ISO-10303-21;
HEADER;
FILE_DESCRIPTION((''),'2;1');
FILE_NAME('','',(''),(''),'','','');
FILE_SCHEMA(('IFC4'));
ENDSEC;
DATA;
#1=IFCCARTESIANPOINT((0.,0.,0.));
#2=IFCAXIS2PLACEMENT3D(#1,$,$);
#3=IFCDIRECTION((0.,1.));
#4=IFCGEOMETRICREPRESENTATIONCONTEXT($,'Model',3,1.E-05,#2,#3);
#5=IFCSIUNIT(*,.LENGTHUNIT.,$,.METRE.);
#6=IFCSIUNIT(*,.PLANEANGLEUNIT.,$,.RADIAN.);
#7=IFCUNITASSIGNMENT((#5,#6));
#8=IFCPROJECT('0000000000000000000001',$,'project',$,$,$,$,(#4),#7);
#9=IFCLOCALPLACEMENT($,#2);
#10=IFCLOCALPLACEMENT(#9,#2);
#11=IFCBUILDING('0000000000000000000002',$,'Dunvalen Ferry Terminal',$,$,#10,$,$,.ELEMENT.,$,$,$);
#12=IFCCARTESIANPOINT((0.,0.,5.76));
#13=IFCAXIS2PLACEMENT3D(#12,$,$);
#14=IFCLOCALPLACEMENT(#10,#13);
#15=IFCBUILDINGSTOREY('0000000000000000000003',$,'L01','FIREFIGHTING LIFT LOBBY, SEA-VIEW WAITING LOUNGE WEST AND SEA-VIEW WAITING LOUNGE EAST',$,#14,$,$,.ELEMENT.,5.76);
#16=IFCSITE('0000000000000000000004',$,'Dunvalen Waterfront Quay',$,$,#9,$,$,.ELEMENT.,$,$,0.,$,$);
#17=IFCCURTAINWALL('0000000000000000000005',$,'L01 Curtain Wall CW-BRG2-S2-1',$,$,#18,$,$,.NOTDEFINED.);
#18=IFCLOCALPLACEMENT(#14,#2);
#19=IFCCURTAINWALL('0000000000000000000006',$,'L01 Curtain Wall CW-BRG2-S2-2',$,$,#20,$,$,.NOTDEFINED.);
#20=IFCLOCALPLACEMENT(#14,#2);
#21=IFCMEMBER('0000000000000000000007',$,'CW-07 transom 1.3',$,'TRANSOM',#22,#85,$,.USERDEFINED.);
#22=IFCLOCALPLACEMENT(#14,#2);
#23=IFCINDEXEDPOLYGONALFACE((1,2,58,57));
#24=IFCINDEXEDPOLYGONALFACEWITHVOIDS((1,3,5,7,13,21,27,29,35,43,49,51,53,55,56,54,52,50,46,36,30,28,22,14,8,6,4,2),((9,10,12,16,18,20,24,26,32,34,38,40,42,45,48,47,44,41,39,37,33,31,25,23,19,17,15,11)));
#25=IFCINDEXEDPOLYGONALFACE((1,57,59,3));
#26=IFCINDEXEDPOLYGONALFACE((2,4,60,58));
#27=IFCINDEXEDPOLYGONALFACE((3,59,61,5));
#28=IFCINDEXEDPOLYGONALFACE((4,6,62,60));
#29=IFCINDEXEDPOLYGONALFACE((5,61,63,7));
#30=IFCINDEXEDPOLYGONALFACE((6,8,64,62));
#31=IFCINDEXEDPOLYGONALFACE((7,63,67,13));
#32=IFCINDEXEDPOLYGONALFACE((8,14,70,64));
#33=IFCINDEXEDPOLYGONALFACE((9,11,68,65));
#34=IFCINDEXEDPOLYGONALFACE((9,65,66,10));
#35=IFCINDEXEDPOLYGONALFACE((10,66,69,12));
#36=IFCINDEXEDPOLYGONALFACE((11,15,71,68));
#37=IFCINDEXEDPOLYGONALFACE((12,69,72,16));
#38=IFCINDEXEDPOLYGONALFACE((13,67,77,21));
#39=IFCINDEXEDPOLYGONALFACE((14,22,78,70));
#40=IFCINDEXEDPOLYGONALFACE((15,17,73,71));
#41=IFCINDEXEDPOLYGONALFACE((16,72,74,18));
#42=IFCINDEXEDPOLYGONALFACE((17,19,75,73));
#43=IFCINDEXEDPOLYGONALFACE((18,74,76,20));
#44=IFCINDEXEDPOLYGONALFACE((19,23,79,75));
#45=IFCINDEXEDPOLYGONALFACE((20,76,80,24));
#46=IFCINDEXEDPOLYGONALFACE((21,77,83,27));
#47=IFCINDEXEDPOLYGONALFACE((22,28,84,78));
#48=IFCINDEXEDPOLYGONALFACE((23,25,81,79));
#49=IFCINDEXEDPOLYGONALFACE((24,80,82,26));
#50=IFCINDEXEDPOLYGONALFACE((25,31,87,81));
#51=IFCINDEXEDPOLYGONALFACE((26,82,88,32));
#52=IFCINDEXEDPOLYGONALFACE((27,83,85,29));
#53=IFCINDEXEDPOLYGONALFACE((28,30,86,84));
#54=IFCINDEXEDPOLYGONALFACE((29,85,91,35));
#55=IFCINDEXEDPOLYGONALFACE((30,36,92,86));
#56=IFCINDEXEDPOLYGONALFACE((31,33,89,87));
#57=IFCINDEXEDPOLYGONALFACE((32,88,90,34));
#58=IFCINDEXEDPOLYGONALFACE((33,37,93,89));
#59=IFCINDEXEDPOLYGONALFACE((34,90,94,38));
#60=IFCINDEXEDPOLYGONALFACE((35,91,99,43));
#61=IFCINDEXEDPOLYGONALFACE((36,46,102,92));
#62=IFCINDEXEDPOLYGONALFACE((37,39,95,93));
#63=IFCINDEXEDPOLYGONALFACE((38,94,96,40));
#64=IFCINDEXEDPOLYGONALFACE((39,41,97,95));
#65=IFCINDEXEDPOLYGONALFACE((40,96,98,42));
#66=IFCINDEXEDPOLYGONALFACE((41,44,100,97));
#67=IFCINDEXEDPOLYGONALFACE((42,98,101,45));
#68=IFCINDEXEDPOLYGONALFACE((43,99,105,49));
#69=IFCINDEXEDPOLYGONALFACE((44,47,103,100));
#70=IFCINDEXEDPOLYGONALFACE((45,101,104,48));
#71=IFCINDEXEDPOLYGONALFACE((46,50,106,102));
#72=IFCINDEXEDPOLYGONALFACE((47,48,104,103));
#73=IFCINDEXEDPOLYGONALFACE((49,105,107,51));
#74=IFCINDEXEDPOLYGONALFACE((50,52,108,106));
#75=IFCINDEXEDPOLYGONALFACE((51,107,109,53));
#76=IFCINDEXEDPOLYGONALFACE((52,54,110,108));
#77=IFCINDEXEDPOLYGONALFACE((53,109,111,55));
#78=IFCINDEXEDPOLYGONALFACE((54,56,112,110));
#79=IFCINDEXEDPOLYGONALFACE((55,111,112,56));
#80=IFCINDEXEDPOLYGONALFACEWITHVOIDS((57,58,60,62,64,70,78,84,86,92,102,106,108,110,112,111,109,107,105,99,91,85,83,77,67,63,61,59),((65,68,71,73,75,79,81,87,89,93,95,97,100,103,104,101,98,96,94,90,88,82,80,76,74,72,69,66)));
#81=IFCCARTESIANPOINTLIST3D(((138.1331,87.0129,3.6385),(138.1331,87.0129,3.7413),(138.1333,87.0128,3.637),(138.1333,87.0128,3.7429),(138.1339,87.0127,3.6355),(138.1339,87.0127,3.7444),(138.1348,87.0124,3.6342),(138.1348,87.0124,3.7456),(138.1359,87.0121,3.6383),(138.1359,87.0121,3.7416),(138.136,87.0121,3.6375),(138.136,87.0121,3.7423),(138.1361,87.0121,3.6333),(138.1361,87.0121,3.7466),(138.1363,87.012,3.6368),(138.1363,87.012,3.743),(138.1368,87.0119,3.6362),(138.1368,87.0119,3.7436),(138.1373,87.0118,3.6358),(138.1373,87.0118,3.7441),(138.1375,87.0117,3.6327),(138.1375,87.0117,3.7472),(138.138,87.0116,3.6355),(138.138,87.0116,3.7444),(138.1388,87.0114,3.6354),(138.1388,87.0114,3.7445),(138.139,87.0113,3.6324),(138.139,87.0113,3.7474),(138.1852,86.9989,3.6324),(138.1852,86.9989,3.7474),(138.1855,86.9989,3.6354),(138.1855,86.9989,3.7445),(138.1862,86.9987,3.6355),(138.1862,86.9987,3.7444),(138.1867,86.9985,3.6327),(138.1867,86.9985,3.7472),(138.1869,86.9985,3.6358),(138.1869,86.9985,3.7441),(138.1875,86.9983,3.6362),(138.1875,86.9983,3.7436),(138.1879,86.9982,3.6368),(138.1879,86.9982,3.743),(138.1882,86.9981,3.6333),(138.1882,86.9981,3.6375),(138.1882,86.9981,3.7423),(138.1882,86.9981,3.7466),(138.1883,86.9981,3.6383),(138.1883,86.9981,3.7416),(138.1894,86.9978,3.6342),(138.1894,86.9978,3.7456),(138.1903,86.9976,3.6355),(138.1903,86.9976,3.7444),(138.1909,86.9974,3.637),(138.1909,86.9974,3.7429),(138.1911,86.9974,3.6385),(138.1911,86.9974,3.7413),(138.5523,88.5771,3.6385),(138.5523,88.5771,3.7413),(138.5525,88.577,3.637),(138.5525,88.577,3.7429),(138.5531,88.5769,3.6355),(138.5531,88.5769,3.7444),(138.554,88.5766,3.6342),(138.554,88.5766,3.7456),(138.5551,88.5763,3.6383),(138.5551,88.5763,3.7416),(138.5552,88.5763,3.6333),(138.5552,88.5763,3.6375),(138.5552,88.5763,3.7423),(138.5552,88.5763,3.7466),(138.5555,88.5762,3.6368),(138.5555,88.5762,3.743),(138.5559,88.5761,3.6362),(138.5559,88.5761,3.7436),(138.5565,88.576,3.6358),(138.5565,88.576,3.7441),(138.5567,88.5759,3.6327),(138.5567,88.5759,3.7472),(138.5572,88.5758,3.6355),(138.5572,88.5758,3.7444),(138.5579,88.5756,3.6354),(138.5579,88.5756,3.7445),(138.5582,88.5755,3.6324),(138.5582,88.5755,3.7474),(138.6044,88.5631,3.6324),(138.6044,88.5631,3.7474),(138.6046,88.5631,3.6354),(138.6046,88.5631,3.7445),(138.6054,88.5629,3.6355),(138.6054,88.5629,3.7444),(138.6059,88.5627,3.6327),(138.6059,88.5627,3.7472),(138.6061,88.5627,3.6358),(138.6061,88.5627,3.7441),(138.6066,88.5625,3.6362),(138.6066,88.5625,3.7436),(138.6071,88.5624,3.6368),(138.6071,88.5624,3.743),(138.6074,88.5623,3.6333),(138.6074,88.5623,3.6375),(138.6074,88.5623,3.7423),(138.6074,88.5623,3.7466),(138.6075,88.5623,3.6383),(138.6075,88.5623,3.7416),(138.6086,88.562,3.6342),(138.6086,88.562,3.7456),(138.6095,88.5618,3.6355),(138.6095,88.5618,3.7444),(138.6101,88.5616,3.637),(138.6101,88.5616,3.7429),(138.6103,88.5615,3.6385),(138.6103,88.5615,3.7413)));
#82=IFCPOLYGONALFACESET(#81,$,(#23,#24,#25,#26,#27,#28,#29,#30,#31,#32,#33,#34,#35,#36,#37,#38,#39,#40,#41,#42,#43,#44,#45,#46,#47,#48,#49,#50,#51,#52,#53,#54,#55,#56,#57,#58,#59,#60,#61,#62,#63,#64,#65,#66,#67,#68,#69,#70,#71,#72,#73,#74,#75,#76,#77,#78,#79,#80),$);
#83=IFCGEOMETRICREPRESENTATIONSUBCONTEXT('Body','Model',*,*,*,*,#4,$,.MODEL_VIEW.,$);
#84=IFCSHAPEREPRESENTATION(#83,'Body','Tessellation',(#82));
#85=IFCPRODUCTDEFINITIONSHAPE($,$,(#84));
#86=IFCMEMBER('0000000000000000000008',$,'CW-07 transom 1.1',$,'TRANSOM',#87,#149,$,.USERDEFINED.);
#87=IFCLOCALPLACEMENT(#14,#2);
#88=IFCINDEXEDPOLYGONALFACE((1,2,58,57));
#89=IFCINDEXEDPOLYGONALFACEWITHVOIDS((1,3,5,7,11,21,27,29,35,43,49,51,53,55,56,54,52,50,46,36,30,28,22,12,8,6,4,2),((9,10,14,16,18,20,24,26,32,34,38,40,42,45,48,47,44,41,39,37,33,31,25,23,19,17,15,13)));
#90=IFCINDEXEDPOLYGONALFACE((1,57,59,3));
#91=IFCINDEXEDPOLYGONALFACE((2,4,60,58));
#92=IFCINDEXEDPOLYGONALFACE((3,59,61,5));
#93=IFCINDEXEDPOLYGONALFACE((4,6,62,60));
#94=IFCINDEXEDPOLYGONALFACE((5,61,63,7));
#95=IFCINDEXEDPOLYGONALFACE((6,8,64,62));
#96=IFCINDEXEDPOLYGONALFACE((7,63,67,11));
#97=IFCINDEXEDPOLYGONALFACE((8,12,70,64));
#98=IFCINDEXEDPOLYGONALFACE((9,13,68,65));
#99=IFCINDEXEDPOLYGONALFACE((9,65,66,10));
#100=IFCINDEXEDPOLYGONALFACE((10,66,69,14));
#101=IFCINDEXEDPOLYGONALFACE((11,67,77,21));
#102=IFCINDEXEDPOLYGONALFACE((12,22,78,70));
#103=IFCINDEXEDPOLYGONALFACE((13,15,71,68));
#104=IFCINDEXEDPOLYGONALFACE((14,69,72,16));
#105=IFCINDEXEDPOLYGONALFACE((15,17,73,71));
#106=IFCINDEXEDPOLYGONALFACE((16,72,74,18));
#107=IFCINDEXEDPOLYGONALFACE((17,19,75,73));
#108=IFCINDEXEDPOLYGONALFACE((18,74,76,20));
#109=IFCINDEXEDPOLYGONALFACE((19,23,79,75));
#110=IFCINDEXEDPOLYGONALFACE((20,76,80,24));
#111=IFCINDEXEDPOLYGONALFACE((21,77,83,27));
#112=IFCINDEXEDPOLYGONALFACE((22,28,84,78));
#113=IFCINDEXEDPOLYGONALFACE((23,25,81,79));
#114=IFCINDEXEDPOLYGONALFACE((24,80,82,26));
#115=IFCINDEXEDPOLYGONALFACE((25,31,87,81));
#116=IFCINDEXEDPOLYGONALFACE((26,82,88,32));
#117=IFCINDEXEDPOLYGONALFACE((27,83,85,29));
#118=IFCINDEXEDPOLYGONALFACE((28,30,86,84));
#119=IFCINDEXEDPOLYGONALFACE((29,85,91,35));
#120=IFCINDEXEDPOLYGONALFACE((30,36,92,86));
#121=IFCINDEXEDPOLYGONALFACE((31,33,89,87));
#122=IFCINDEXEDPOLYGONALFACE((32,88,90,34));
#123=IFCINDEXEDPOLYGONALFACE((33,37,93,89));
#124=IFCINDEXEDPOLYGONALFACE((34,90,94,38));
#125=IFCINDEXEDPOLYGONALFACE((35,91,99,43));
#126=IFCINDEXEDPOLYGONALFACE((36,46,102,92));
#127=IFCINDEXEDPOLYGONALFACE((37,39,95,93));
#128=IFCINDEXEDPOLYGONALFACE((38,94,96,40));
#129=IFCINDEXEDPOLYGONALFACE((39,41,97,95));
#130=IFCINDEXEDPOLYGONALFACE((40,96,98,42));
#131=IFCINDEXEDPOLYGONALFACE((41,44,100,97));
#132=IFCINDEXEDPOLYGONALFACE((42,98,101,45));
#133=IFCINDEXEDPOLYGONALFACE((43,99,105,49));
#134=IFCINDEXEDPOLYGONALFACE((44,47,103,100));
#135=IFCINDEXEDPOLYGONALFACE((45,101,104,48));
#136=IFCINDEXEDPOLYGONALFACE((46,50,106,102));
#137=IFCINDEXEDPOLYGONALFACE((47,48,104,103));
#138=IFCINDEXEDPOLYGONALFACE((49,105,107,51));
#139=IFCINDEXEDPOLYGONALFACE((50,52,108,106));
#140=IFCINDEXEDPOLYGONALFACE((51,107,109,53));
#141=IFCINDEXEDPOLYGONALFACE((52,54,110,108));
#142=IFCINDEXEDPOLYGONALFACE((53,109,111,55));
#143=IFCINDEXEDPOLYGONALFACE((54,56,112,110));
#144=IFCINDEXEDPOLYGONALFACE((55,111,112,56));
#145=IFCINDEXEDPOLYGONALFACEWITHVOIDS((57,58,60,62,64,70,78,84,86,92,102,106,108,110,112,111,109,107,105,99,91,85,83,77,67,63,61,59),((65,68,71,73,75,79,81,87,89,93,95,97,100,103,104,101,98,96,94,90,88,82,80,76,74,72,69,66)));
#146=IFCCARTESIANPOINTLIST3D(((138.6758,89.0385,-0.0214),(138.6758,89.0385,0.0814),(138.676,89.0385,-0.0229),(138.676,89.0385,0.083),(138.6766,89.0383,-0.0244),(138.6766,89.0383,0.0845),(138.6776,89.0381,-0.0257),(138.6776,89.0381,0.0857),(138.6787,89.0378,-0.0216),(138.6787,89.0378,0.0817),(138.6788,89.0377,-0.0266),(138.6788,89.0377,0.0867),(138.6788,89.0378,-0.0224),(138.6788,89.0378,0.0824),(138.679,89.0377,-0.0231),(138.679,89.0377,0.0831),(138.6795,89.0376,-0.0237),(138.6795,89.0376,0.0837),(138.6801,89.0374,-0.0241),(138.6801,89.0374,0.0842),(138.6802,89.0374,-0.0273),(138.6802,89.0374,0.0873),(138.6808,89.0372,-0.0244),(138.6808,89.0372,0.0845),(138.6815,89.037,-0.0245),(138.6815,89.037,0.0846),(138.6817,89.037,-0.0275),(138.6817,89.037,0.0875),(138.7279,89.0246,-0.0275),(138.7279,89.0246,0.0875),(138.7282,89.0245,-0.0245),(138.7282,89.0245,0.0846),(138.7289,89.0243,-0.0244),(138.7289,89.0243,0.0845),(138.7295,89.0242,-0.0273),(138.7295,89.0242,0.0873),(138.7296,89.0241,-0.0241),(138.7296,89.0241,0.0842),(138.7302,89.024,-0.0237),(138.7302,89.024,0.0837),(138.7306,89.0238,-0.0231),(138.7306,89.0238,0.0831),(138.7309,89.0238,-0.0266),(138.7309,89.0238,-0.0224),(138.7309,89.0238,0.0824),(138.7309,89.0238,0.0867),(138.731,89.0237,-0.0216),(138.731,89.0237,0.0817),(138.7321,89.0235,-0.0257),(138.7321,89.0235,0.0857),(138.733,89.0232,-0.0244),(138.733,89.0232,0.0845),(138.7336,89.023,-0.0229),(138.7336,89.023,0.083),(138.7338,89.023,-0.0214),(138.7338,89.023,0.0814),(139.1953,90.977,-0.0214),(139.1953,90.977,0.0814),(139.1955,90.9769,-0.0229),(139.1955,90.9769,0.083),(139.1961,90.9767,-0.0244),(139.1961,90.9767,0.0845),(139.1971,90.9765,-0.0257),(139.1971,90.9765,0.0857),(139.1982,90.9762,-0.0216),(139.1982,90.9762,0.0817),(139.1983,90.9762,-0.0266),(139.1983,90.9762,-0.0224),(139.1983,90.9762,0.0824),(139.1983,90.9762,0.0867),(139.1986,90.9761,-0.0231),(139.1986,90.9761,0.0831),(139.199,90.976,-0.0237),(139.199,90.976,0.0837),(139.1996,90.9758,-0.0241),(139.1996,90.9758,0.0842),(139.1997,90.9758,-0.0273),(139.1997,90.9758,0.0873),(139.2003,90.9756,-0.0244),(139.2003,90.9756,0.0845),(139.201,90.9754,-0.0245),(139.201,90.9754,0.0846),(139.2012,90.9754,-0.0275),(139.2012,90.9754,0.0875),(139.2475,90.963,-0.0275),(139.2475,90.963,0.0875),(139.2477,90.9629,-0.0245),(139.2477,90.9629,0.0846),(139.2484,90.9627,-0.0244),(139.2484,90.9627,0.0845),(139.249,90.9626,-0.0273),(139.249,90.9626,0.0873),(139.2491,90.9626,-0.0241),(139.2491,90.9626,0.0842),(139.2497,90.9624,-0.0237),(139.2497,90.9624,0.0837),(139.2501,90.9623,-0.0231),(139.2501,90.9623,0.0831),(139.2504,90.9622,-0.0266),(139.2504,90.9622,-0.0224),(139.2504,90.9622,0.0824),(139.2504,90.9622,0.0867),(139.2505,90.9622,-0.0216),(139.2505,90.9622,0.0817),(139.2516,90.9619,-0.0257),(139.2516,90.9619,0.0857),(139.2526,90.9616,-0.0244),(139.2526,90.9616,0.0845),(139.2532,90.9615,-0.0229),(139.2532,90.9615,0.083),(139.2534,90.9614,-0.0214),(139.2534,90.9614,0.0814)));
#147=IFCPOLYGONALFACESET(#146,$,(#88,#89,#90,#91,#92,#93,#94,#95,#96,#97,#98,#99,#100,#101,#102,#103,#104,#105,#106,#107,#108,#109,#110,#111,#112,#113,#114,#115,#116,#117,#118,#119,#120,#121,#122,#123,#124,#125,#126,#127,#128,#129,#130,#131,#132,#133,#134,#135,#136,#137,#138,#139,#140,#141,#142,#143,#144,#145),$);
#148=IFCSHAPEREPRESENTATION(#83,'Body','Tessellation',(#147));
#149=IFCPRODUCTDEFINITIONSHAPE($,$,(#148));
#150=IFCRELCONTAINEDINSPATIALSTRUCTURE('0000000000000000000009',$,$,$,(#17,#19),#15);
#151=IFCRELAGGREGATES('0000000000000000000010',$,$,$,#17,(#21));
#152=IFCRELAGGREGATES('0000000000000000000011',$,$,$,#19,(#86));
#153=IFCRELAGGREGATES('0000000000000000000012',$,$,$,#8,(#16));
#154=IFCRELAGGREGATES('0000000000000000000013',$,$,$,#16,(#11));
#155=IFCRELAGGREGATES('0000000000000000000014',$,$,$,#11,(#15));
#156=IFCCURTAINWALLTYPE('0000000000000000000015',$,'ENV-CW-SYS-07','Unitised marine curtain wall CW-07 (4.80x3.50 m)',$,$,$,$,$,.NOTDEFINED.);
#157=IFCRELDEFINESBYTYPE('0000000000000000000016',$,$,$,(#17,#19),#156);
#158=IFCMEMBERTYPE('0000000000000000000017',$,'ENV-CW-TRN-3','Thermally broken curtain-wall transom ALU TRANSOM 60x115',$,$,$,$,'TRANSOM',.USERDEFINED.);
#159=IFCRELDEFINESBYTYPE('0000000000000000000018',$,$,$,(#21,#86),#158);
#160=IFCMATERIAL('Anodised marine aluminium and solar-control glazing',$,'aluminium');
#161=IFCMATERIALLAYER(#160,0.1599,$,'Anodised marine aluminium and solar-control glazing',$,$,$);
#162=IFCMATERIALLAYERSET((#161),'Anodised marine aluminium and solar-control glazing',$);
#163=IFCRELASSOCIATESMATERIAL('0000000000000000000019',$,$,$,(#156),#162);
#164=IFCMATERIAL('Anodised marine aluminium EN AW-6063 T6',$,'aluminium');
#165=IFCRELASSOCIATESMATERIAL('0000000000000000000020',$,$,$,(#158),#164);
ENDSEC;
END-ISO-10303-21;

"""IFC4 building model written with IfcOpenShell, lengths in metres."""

from ifc_helpers import new_model, si_unit, direction, frame, origin, origin_2d, place, context, subcontext, project, spatial, hollow_rectangle, extrude, material, layer, layer_set, material_profile, profile_set, type_object, element, aggregate, save


model = new_model("IFC4")

# Units and contexts
model_context = context("Model", 3, precision=1e-05, world=origin(), true_north=direction((0.0, 1.0)))
body_context = subcontext(model_context, "Body", "Model", "MODEL_VIEW")
ifc_project = project(units=[si_unit("LENGTHUNIT", "METRE"), si_unit("PLANEANGLEUNIT", "RADIAN")], contexts=[model_context])

# Site, building, storey
site_placement = place(None, origin())
site = spatial("IfcSite", under=ifc_project, at=site_placement, Name="Dunvalen Waterfront Quay", CompositionType="ELEMENT", RefElevation=0.0)
building_placement = place(site_placement, origin())
building = spatial("IfcBuilding", under=site, at=building_placement, Name="Dunvalen Ferry Terminal", CompositionType="ELEMENT")
storey_placement = place(building_placement, frame((0.0, 0.0, 5.76)))
storey = spatial("IfcBuildingStorey", under=building, at=storey_placement, Name="L01", Description="FIREFIGHTING LIFT LOBBY, SEA-VIEW WAITING LOUNGE WEST AND SEA-VIEW WAITING LOUNGE EAST", CompositionType="ELEMENT", Elevation=5.76)

# Curtain walls
ifc_material_1 = material(Name="Anodised marine aluminium and solar-control glazing", Category="aluminium")
ifc_layer_1 = layer(ifc_material_1, 0.1599, Name="Anodised marine aluminium and solar-control glazing")
ifc_layer_set_1 = layer_set([ifc_layer_1], Name="Anodised marine aluminium and solar-control glazing")
curtain_wall_type = type_object("IfcCurtainWallType", Name="ENV-CW-SYS-07", Description="Unitised marine curtain wall CW-07 (4.80x3.50 m)", PredefinedType="NOTDEFINED", material=ifc_layer_set_1)
ifc_material_2 = material(Name="Anodised marine aluminium EN AW-6063 T6", Category="aluminium")
curtain_wall_1_placement = place(storey_placement, origin())
curtain_wall_1 = element("IfcCurtainWall", 1, at=curtain_wall_1_placement, inside=storey, type_object=curtain_wall_type, Name="L01 Curtain Wall CW-BRG2-S2-1", PredefinedType="NOTDEFINED")
curtain_wall_2_placement = place(storey_placement, origin())
curtain_wall_2 = element("IfcCurtainWall", 2, at=curtain_wall_2_placement, inside=storey, type_object=curtain_wall_type, Name="L01 Curtain Wall CW-BRG2-S2-2", PredefinedType="NOTDEFINED")

# Members
ifc_material_profile_1 = material_profile(ifc_material_2, hollow_rectangle(XDim=0.0601, YDim=0.115, WallThickness=0.0029, InnerFilletRadius=0.0029, OuterFilletRadius=0.0061, at=origin_2d()), Name="Anodised marine aluminium EN AW-6063 T6")
ifc_profile_set_1 = profile_set([ifc_material_profile_1], Name="Anodised marine aluminium EN AW-6063 T6")
member_type_1 = type_object("IfcMemberType", Name="ENV-CW-TRN-3", Description="Thermally broken curtain-wall transom ALU TRANSOM 60x115", ElementType="TRANSOM", PredefinedType="USERDEFINED", material=ifc_profile_set_1)
member_1_placement = place(storey_placement, frame((138.1621, 87.0051, 3.6899), z_axis=(0.258854, 0.965916, 0.0), x_axis=(-0.965916, 0.258854, 0.0)))
member_1 = element("IfcMember", 3, at=member_1_placement, type_object=member_type_1, Name="CW-07 transom 1.3", ObjectType="TRANSOM", PredefinedType="USERDEFINED", context=body_context, shape_type="SweptSolid", body=[
    extrude(hollow_rectangle(XDim=0.0601, YDim=0.115, WallThickness=0.0029, InnerFilletRadius=0.0029, OuterFilletRadius=0.0061, at=origin_2d()), origin(), (0.0, 0.0, 1.0), 1.6194),
])
member_2_placement = place(storey_placement, frame((138.7048, 89.0308, 0.03), z_axis=(0.258874, 0.965911, 0.0), x_axis=(-0.965911, 0.258874, 0.0)))
member_2 = element("IfcMember", 4, at=member_2_placement, type_object=member_type_1, Name="CW-07 transom 1.1", ObjectType="TRANSOM", PredefinedType="USERDEFINED", context=body_context, shape_type="SweptSolid", body=[
    extrude(hollow_rectangle(XDim=0.0601, YDim=0.115, WallThickness=0.0029, InnerFilletRadius=0.0029, OuterFilletRadius=0.0061, at=origin_2d()), origin(), (0.0, 0.0, 1.0), 2.0068),
])

aggregate(curtain_wall_1, [member_1])
aggregate(curtain_wall_2, [member_2])

save(model, "model.ifc")
